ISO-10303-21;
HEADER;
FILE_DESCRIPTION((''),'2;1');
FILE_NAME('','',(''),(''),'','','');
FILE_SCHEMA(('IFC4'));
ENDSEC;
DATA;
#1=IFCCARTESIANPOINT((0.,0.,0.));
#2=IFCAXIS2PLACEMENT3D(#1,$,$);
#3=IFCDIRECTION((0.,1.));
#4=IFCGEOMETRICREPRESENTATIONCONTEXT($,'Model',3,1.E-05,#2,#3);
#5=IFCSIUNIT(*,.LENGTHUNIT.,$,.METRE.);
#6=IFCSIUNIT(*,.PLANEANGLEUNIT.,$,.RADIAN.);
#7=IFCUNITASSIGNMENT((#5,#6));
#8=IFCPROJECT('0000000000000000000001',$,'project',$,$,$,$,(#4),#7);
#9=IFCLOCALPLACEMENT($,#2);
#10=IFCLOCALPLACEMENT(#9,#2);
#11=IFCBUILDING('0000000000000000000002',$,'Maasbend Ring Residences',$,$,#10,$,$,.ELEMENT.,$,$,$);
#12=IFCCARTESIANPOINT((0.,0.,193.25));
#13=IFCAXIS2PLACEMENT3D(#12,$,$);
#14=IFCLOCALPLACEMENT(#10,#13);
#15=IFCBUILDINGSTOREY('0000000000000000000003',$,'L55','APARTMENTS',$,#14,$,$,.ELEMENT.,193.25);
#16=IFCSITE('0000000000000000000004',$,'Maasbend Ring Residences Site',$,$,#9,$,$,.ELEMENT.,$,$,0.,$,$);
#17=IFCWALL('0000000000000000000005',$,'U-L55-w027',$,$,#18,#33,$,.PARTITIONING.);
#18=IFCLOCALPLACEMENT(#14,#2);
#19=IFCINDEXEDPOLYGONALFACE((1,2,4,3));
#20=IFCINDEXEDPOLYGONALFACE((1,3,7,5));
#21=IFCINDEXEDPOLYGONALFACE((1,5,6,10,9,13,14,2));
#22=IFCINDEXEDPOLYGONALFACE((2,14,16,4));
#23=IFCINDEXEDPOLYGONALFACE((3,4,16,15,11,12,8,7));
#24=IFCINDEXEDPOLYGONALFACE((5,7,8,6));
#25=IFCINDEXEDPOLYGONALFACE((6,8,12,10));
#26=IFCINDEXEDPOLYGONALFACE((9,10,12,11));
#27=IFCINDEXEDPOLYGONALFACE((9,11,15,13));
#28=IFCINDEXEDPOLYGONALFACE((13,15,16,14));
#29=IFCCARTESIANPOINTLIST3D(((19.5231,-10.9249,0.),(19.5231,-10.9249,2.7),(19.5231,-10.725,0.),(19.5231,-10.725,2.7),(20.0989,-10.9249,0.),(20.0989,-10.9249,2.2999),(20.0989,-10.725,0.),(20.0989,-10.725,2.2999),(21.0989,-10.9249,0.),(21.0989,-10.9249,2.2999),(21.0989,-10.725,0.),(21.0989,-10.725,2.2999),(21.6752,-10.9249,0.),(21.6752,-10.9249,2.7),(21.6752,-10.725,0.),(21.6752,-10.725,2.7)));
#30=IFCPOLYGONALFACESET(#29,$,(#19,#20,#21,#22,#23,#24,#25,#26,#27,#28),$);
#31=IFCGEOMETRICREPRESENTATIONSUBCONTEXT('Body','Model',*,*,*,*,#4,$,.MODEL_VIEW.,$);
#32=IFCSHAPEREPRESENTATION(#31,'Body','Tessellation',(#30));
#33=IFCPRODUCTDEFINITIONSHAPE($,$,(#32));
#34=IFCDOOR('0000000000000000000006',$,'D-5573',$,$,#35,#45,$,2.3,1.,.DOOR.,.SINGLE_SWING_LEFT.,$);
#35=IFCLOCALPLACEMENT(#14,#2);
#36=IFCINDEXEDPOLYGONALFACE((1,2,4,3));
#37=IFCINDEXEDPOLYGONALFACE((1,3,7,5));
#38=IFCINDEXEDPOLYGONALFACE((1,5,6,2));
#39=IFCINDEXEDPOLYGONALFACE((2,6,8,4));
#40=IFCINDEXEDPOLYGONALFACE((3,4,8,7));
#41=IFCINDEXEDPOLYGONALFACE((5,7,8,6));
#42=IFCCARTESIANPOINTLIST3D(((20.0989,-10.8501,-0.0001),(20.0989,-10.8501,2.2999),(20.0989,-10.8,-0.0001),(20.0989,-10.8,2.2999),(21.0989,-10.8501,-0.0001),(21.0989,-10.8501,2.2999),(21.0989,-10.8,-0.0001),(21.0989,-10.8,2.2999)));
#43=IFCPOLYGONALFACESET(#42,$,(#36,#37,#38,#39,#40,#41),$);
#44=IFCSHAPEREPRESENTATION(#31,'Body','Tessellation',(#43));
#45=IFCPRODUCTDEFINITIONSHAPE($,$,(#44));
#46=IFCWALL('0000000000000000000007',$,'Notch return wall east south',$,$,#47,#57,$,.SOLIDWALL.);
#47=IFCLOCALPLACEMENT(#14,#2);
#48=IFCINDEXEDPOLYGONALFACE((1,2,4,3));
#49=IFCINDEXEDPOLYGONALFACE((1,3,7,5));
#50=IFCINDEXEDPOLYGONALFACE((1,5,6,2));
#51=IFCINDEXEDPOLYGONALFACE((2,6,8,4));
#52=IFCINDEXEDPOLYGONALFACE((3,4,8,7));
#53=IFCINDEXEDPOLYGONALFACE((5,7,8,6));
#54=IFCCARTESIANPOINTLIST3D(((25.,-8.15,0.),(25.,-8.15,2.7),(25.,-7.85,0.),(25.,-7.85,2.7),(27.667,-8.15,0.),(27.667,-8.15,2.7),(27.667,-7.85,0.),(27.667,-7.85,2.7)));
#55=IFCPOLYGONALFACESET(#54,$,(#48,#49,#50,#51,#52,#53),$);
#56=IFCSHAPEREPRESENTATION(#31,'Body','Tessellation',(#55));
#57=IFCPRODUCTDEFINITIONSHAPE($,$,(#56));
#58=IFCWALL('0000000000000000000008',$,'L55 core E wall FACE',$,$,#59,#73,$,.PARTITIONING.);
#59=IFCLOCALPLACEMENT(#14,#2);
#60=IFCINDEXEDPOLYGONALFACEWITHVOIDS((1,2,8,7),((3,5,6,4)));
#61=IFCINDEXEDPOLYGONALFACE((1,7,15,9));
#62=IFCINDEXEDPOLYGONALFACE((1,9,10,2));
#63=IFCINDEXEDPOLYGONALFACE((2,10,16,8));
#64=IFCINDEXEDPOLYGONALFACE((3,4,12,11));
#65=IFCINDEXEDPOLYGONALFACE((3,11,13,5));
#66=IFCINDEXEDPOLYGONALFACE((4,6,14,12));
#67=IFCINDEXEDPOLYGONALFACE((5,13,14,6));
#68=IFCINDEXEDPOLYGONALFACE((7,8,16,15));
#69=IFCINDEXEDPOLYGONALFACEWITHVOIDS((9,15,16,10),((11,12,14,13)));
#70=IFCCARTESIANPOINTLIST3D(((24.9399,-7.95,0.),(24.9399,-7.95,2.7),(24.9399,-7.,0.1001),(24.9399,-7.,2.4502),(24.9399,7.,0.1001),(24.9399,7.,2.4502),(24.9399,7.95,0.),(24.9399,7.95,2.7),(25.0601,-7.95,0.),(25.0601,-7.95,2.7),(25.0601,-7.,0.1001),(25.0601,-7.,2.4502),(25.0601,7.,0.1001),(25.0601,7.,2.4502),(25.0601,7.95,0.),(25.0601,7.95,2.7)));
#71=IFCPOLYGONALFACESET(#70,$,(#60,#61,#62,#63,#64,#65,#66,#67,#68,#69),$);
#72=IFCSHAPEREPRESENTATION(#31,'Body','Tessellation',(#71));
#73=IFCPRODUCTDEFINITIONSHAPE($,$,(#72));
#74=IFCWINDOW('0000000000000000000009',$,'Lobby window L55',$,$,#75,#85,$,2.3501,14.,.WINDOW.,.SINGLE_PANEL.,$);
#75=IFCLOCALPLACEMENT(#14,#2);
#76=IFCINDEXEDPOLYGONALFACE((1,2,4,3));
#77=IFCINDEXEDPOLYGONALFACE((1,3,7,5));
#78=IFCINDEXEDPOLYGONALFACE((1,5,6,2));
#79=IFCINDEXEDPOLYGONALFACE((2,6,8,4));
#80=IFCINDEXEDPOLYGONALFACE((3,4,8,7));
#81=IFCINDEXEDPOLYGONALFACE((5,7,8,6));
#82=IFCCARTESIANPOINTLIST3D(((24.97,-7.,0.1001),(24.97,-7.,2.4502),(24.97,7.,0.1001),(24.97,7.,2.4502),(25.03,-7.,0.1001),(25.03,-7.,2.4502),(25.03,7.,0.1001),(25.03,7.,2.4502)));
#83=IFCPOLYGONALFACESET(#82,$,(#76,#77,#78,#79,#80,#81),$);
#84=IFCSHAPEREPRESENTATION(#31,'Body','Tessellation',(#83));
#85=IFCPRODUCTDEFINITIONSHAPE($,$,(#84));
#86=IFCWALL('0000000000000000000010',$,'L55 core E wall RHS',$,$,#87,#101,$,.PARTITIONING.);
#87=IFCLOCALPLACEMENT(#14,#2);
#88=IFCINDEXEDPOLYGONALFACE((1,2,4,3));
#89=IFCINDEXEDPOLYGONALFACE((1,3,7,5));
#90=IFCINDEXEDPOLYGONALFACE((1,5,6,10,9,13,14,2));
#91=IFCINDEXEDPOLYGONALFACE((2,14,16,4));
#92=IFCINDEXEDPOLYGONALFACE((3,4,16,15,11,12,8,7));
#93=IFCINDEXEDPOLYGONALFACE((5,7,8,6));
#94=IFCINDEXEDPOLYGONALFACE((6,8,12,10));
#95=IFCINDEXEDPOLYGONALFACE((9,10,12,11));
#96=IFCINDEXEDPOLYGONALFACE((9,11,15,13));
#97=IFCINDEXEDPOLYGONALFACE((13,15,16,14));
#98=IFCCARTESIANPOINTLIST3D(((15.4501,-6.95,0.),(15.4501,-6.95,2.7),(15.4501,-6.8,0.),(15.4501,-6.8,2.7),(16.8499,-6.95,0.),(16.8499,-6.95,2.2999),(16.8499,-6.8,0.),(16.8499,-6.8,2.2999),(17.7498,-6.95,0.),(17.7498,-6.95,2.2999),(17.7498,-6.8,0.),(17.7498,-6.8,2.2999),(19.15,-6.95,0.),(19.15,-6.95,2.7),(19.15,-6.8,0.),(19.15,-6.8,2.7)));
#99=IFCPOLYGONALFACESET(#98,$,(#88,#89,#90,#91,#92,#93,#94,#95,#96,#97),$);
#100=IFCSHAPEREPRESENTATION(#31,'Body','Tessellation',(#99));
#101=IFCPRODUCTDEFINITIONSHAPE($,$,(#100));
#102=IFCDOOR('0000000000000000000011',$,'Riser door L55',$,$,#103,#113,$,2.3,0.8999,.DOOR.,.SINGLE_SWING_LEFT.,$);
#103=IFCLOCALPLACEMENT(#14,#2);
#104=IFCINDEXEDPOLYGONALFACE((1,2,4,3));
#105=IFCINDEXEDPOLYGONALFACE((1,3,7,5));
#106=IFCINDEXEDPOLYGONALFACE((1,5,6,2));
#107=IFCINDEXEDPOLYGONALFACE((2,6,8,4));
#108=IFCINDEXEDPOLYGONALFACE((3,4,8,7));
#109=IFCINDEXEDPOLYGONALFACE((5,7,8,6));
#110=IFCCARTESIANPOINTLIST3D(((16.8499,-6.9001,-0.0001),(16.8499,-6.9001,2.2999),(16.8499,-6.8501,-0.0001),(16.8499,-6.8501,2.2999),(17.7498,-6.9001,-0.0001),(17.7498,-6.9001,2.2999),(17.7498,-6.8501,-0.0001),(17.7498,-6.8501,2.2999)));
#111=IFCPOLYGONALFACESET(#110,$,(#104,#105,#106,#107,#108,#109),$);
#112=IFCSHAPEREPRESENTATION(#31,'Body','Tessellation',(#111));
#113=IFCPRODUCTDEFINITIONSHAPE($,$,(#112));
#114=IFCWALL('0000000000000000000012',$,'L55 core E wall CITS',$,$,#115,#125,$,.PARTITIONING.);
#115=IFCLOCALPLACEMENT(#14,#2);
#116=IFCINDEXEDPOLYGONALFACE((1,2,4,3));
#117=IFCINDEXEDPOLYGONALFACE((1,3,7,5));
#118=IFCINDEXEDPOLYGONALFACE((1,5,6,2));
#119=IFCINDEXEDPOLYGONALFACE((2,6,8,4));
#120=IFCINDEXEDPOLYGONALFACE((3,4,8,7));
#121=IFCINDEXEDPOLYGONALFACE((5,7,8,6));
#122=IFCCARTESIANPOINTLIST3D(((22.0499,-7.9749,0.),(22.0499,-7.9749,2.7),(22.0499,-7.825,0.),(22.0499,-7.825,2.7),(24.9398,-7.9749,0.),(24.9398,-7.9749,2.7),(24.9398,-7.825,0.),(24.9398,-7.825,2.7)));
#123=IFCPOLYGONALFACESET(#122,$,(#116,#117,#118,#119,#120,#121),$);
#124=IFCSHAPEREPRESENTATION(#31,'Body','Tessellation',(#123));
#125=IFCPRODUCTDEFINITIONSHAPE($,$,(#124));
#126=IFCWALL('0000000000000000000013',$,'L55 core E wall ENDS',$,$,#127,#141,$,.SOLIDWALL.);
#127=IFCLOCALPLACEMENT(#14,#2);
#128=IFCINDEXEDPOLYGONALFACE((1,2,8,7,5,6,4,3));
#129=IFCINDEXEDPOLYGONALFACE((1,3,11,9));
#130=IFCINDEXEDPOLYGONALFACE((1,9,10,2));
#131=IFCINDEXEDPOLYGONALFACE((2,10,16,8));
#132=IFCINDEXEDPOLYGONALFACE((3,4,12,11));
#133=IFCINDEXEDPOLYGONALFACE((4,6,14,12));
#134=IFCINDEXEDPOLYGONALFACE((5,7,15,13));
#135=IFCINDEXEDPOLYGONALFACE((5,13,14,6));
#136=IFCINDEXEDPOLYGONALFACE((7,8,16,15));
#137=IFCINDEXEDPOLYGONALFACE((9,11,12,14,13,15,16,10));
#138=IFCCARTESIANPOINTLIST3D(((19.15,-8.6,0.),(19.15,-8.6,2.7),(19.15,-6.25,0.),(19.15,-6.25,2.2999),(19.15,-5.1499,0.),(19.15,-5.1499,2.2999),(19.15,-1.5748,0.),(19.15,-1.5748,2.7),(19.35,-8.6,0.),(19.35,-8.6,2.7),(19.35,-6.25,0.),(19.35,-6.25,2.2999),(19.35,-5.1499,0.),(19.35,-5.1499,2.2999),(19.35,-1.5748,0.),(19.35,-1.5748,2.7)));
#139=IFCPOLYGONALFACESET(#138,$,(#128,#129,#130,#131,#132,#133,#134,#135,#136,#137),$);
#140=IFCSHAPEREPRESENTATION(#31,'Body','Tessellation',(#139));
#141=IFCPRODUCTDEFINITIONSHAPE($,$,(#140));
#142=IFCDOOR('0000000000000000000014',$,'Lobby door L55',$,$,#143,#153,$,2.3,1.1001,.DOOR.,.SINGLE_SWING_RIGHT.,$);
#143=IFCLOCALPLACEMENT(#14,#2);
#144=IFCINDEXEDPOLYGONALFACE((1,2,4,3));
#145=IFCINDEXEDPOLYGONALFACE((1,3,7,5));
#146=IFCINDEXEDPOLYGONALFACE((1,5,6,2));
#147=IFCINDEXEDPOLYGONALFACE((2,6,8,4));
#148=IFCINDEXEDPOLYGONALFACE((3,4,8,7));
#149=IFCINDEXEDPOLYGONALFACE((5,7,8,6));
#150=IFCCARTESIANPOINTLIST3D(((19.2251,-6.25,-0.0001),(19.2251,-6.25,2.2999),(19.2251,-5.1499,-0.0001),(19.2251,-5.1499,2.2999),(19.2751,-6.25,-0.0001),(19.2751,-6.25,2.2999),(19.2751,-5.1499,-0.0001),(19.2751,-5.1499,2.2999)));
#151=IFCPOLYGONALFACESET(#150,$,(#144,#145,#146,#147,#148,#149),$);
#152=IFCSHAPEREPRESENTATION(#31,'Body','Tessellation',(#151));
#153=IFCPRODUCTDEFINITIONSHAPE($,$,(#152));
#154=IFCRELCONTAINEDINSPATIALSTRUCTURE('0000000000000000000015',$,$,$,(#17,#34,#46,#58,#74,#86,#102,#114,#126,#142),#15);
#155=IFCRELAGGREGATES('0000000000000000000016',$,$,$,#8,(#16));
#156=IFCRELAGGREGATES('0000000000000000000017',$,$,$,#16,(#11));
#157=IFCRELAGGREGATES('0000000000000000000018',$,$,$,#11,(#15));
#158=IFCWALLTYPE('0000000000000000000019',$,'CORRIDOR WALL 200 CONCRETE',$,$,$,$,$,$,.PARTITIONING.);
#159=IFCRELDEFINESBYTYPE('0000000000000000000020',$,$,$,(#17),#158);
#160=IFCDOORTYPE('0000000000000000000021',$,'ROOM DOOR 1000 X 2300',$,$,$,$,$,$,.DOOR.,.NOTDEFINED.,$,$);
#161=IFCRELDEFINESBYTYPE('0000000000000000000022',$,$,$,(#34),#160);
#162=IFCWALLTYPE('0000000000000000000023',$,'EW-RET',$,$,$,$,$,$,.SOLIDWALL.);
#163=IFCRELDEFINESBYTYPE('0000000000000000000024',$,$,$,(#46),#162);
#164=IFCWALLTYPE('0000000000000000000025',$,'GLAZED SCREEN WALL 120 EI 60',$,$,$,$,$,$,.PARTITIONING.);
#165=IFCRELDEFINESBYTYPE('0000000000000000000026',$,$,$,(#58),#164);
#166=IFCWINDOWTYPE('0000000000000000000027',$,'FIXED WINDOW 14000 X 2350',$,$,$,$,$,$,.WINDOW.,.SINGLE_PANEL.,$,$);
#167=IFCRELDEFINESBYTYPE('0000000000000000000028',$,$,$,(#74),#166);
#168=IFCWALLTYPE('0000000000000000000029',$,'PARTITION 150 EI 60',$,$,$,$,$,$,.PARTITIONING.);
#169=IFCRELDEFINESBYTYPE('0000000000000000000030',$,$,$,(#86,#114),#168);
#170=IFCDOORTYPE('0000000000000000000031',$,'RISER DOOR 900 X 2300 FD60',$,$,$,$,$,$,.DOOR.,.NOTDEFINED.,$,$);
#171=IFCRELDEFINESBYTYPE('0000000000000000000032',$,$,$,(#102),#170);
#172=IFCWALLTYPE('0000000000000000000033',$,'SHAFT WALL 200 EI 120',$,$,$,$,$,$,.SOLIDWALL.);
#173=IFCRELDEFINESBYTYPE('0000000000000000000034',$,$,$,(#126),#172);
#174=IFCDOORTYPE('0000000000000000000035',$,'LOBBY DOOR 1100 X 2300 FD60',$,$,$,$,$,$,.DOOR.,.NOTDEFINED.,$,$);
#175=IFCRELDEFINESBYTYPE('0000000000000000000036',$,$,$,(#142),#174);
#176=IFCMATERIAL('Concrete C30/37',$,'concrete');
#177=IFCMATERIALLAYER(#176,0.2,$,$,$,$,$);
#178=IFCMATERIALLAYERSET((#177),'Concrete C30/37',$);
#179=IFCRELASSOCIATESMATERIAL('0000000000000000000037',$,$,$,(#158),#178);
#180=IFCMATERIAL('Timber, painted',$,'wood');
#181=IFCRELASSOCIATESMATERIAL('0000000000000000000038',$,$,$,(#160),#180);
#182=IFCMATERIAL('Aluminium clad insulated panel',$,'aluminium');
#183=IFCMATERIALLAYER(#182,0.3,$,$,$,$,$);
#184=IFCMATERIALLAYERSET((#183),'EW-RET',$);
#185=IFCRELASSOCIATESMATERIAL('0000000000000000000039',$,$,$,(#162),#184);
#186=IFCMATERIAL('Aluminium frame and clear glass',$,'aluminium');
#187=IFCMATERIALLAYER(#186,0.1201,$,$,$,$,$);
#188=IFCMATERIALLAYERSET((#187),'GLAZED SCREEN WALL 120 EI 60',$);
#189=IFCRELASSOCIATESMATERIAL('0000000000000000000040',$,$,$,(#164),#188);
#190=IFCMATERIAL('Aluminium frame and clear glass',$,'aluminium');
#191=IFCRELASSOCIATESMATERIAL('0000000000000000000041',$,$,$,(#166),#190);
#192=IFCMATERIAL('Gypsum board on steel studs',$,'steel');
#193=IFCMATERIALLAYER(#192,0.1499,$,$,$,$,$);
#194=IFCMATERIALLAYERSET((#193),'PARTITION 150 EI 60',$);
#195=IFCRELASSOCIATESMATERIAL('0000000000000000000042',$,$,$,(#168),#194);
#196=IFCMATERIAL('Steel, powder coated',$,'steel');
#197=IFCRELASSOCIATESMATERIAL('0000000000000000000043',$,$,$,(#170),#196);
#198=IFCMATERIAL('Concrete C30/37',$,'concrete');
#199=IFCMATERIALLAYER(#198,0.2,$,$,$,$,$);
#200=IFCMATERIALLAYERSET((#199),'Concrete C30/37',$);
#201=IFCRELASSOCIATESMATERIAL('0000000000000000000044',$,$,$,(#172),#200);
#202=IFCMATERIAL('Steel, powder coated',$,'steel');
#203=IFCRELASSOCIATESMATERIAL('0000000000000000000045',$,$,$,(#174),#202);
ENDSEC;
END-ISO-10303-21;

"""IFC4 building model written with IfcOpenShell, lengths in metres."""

from ifc_helpers import new_model, si_unit, direction, frame, frame_2d, origin, place, context, subcontext, project, spatial, rectangle, extrude, material, layer, layer_set, type_object, element, fill, save


model = new_model("IFC4")

# Units and contexts
model_context = context("Model", 3, precision=1e-05, world=origin(), true_north=direction((0.0, 1.0)))
body_context = subcontext(model_context, "Body", "Model", "MODEL_VIEW")
ifc_project = project(units=[si_unit("LENGTHUNIT", "METRE"), si_unit("PLANEANGLEUNIT", "RADIAN")], contexts=[model_context])

# Site, building, storey
site_placement = place(None, origin())
site = spatial("IfcSite", under=ifc_project, at=site_placement, Name="Maasbend Ring Residences Site", CompositionType="ELEMENT", RefElevation=0.0)
building_placement = place(site_placement, origin())
building = spatial("IfcBuilding", under=site, at=building_placement, Name="Maasbend Ring Residences", CompositionType="ELEMENT")
storey_placement = place(building_placement, frame((0.0, 0.0, 193.25)))
storey = spatial("IfcBuildingStorey", under=building, at=storey_placement, Name="L55", Description="APARTMENTS", CompositionType="ELEMENT", Elevation=193.25)

# Shared definitions
ifc_material_1 = material(Name="Concrete C30/37", Category="concrete")
ifc_layer_1 = layer(ifc_material_1, 0.2)
ifc_layer_set_1 = layer_set([ifc_layer_1], Name="Concrete C30/37")
wall_type_1 = type_object("IfcWallType", Name="CORRIDOR WALL 200 CONCRETE", PredefinedType="PARTITIONING", material=ifc_layer_set_1)

# Wall, opening, door
wall_1_placement = place(storey_placement, frame((19.5229, -10.825, 0.0), z_axis=(0.0, 0.0, 1.0), x_axis=(1.0, 0.0, 0.0)))
wall_1 = element("IfcWall", 1, at=wall_1_placement, inside=storey, type_object=wall_type_1, Name="U-L55-w027", PredefinedType="PARTITIONING", context=body_context, shape_type="SweptSolid", body=[
    extrude(rectangle(XDim=2.1521, YDim=0.2, at=frame_2d((1.0762, 0.0))), origin(), (0.0, 0.0, 1.0), 2.7),
])
opening_1_placement = place(wall_1_placement, frame((0.5759, 0.0, 0.0)))
opening_1 = element("IfcOpeningElement", 2, at=opening_1_placement, cuts=wall_1, PredefinedType="OPENING", context=body_context, shape_type="SweptSolid", body=[
    extrude(rectangle(XDim=1.0, YDim=2.3, at=frame_2d((0.5, 1.1499))), frame((0.0, 0.1099, 0.0), z_axis=(0.0, -1.0, 0.0), x_axis=(1.0, 0.0, 0.0)), (0.0, 0.0, 1.0), 0.22),
])
ifc_material_2 = material(Name="Timber, painted", Category="wood")
door_type_1 = type_object("IfcDoorType", Name="ROOM DOOR 1000 X 2300", OperationType="NOTDEFINED", PredefinedType="DOOR", material=ifc_material_2)
door_1_placement = place(opening_1_placement, origin())
door_1 = element("IfcDoor", 3, at=door_1_placement, inside=storey, type_object=door_type_1, Name="D-5573", OperationType="SINGLE_SWING_LEFT", OverallHeight=2.3, OverallWidth=1.0, PredefinedType="DOOR", context=body_context, shape_type="SweptSolid", body=[
    extrude(rectangle(XDim=1.0, YDim=2.3, at=frame_2d((0.5, 1.1499))), frame((0.0, 0.0249, 0.0), z_axis=(0.0, -1.0, 0.0), x_axis=(1.0, 0.0, 0.0)), (0.0, 0.0, 1.0), 0.05),
])
fill(opening_1, door_1)

# Wall
ifc_material_3 = material(Name="Aluminium clad insulated panel", Category="aluminium")
ifc_layer_2 = layer(ifc_material_3, 0.3)
ifc_layer_set_2 = layer_set([ifc_layer_2], Name="EW-RET")
wall_type_2 = type_object("IfcWallType", Name="EW-RET", PredefinedType="SOLIDWALL", material=ifc_layer_set_2)
wall_2_placement = place(storey_placement, frame((25.0, -8.0, 0.0), z_axis=(0.0, 0.0, 1.0), x_axis=(1.0, 0.0, 0.0)))
element("IfcWall", 4, at=wall_2_placement, inside=storey, type_object=wall_type_2, Name="Notch return wall east south", PredefinedType="SOLIDWALL", context=body_context, shape_type="SweptSolid", body=[
    extrude(rectangle(XDim=2.667, YDim=0.3, at=frame_2d((1.3335, 0.0))), origin(), (0.0, 0.0, 1.0), 2.7),
])

# Wall, opening, window
ifc_material_4 = material(Name="Aluminium frame and clear glass", Category="aluminium")
ifc_layer_3 = layer(ifc_material_4, 0.1201)
ifc_layer_set_3 = layer_set([ifc_layer_3], Name="GLAZED SCREEN WALL 120 EI 60")
wall_type_3 = type_object("IfcWallType", Name="GLAZED SCREEN WALL 120 EI 60", PredefinedType="PARTITIONING", material=ifc_layer_set_3)
wall_3_placement = place(storey_placement, frame((25.0, -7.95, 0.0), z_axis=(0.0, 0.0, 1.0), x_axis=(0.0, 1.0, 0.0)))
wall_3 = element("IfcWall", 5, at=wall_3_placement, inside=storey, type_object=wall_type_3, Name="L55 core E wall FACE", PredefinedType="PARTITIONING", context=body_context, shape_type="SweptSolid", body=[
    extrude(rectangle(XDim=15.8999, YDim=0.1201, at=frame_2d((7.95, 0.0))), origin(), (0.0, 0.0, 1.0), 2.7),
])
opening_2_placement = place(wall_3_placement, frame((0.95, 0.0, 0.1001)))
opening_2 = element("IfcOpeningElement", 6, at=opening_2_placement, cuts=wall_3, PredefinedType="OPENING", context=body_context, shape_type="SweptSolid", body=[
    extrude(rectangle(XDim=14.0, YDim=2.3501, at=frame_2d((7.0, 1.175))), frame((0.0, 0.0701, 0.0), z_axis=(0.0, -1.0, 0.0), x_axis=(1.0, 0.0, 0.0)), (0.0, 0.0, 1.0), 0.1401),
])
ifc_material_5 = material(Name="Aluminium frame and clear glass", Category="aluminium")
window_type = type_object("IfcWindowType", Name="FIXED WINDOW 14000 X 2350", PartitioningType="SINGLE_PANEL", PredefinedType="WINDOW", material=ifc_material_5)
window_placement = place(opening_2_placement, origin())
window = element("IfcWindow", 7, at=window_placement, inside=storey, type_object=window_type, Name="Lobby window L55", OverallHeight=2.3501, OverallWidth=14.0, PartitioningType="SINGLE_PANEL", PredefinedType="WINDOW", context=body_context, shape_type="SweptSolid", body=[
    extrude(rectangle(XDim=14.0, YDim=2.3501, at=frame_2d((7.0, 1.175))), frame((0.0, 0.03, 0.0), z_axis=(0.0, -1.0, 0.0), x_axis=(1.0, 0.0, 0.0)), (0.0, 0.0, 1.0), 0.0601),
])
fill(opening_2, window)

# Wall, opening, door
ifc_material_6 = material(Name="Gypsum board on steel studs", Category="steel")
ifc_layer_4 = layer(ifc_material_6, 0.1499)
ifc_layer_set_4 = layer_set([ifc_layer_4], Name="PARTITION 150 EI 60")
wall_type_4 = type_object("IfcWallType", Name="PARTITION 150 EI 60", PredefinedType="PARTITIONING", material=ifc_layer_set_4)
wall_4_placement = place(storey_placement, frame((15.45, -6.875, 0.0), z_axis=(0.0, 0.0, 1.0), x_axis=(1.0, 0.0, 0.0)))
wall_4 = element("IfcWall", 8, at=wall_4_placement, inside=storey, type_object=wall_type_4, Name="L55 core E wall RHS", PredefinedType="PARTITIONING", context=body_context, shape_type="SweptSolid", body=[
    extrude(rectangle(XDim=3.7, YDim=0.1499, at=frame_2d((1.8501, 0.0))), origin(), (0.0, 0.0, 1.0), 2.7),
])
opening_3_placement = place(wall_4_placement, frame((1.3999, 0.0, 0.0)))
opening_3 = element("IfcOpeningElement", 9, at=opening_3_placement, cuts=wall_4, PredefinedType="OPENING", context=body_context, shape_type="SweptSolid", body=[
    extrude(rectangle(XDim=0.8999, YDim=2.3, at=frame_2d((0.45, 1.1499))), frame((0.0, 0.085, 0.0), z_axis=(0.0, -1.0, 0.0), x_axis=(1.0, 0.0, 0.0)), (0.0, 0.0, 1.0), 0.1699),
])
ifc_material_7 = material(Name="Steel, powder coated", Category="steel")
door_type_2 = type_object("IfcDoorType", Name="RISER DOOR 900 X 2300 FD60", OperationType="NOTDEFINED", PredefinedType="DOOR", material=ifc_material_7)
door_2_placement = place(opening_3_placement, origin())
door_2 = element("IfcDoor", 10, at=door_2_placement, inside=storey, type_object=door_type_2, Name="Riser door L55", OperationType="SINGLE_SWING_LEFT", OverallHeight=2.3, OverallWidth=0.8999, PredefinedType="DOOR", context=body_context, shape_type="SweptSolid", body=[
    extrude(rectangle(XDim=0.8999, YDim=2.3, at=frame_2d((0.45, 1.1499))), frame((0.0, 0.0249, 0.0), z_axis=(0.0, -1.0, 0.0), x_axis=(1.0, 0.0, 0.0)), (0.0, 0.0, 1.0), 0.05),
])
fill(opening_3, door_2)

# Wall
wall_5_placement = place(storey_placement, frame((22.05, -7.8999, 0.0), z_axis=(0.0, 0.0, 1.0), x_axis=(1.0, 0.0, 0.0)))
element("IfcWall", 11, at=wall_5_placement, inside=storey, type_object=wall_type_4, Name="L55 core E wall CITS", PredefinedType="PARTITIONING", context=body_context, shape_type="SweptSolid", body=[
    extrude(rectangle(XDim=2.8899, YDim=0.1499, at=frame_2d((1.4448, 0.0))), origin(), (0.0, 0.0, 1.0), 2.7),
])

# Wall, opening, door
ifc_material_8 = material(Name="Concrete C30/37", Category="concrete")
ifc_layer_5 = layer(ifc_material_8, 0.2)
ifc_layer_set_5 = layer_set([ifc_layer_5], Name="Concrete C30/37")
wall_type_5 = type_object("IfcWallType", Name="SHAFT WALL 200 EI 120", PredefinedType="SOLIDWALL", material=ifc_layer_set_5)
wall_6_placement = place(storey_placement, frame((19.25, -8.6001, 0.0), z_axis=(0.0, 0.0, 1.0), x_axis=(0.0, 1.0, 0.0)))
wall_6 = element("IfcWall", 12, at=wall_6_placement, inside=storey, type_object=wall_type_5, Name="L55 core E wall ENDS", PredefinedType="SOLIDWALL", context=body_context, shape_type="SweptSolid", body=[
    extrude(rectangle(XDim=7.0251, YDim=0.2, at=frame_2d((3.5127, 0.0))), origin(), (0.0, 0.0, 1.0), 2.7),
])
opening_4_placement = place(wall_6_placement, frame((2.3501, 0.0, 0.0)))
opening_4 = element("IfcOpeningElement", 13, at=opening_4_placement, cuts=wall_6, PredefinedType="OPENING", context=body_context, shape_type="SweptSolid", body=[
    extrude(rectangle(XDim=1.1001, YDim=2.3, at=frame_2d((0.55, 1.1499))), frame((0.0, 0.1099, 0.0), z_axis=(0.0, -1.0, 0.0), x_axis=(1.0, 0.0, 0.0)), (0.0, 0.0, 1.0), 0.22),
])
ifc_material_9 = material(Name="Steel, powder coated", Category="steel")
door_type_3 = type_object("IfcDoorType", Name="LOBBY DOOR 1100 X 2300 FD60", OperationType="NOTDEFINED", PredefinedType="DOOR", material=ifc_material_9)
door_3_placement = place(opening_4_placement, origin())
door_3 = element("IfcDoor", 14, at=door_3_placement, inside=storey, type_object=door_type_3, Name="Lobby door L55", OperationType="SINGLE_SWING_RIGHT", OverallHeight=2.3, OverallWidth=1.1001, PredefinedType="DOOR", context=body_context, shape_type="SweptSolid", body=[
    extrude(rectangle(XDim=1.1001, YDim=2.3, at=frame_2d((0.55, 1.1499))), frame((0.0, 0.0249, 0.0), z_axis=(0.0, -1.0, 0.0), x_axis=(1.0, 0.0, 0.0)), (0.0, 0.0, 1.0), 0.05),
])
fill(opening_4, door_3)

save(model, "model.ifc")
